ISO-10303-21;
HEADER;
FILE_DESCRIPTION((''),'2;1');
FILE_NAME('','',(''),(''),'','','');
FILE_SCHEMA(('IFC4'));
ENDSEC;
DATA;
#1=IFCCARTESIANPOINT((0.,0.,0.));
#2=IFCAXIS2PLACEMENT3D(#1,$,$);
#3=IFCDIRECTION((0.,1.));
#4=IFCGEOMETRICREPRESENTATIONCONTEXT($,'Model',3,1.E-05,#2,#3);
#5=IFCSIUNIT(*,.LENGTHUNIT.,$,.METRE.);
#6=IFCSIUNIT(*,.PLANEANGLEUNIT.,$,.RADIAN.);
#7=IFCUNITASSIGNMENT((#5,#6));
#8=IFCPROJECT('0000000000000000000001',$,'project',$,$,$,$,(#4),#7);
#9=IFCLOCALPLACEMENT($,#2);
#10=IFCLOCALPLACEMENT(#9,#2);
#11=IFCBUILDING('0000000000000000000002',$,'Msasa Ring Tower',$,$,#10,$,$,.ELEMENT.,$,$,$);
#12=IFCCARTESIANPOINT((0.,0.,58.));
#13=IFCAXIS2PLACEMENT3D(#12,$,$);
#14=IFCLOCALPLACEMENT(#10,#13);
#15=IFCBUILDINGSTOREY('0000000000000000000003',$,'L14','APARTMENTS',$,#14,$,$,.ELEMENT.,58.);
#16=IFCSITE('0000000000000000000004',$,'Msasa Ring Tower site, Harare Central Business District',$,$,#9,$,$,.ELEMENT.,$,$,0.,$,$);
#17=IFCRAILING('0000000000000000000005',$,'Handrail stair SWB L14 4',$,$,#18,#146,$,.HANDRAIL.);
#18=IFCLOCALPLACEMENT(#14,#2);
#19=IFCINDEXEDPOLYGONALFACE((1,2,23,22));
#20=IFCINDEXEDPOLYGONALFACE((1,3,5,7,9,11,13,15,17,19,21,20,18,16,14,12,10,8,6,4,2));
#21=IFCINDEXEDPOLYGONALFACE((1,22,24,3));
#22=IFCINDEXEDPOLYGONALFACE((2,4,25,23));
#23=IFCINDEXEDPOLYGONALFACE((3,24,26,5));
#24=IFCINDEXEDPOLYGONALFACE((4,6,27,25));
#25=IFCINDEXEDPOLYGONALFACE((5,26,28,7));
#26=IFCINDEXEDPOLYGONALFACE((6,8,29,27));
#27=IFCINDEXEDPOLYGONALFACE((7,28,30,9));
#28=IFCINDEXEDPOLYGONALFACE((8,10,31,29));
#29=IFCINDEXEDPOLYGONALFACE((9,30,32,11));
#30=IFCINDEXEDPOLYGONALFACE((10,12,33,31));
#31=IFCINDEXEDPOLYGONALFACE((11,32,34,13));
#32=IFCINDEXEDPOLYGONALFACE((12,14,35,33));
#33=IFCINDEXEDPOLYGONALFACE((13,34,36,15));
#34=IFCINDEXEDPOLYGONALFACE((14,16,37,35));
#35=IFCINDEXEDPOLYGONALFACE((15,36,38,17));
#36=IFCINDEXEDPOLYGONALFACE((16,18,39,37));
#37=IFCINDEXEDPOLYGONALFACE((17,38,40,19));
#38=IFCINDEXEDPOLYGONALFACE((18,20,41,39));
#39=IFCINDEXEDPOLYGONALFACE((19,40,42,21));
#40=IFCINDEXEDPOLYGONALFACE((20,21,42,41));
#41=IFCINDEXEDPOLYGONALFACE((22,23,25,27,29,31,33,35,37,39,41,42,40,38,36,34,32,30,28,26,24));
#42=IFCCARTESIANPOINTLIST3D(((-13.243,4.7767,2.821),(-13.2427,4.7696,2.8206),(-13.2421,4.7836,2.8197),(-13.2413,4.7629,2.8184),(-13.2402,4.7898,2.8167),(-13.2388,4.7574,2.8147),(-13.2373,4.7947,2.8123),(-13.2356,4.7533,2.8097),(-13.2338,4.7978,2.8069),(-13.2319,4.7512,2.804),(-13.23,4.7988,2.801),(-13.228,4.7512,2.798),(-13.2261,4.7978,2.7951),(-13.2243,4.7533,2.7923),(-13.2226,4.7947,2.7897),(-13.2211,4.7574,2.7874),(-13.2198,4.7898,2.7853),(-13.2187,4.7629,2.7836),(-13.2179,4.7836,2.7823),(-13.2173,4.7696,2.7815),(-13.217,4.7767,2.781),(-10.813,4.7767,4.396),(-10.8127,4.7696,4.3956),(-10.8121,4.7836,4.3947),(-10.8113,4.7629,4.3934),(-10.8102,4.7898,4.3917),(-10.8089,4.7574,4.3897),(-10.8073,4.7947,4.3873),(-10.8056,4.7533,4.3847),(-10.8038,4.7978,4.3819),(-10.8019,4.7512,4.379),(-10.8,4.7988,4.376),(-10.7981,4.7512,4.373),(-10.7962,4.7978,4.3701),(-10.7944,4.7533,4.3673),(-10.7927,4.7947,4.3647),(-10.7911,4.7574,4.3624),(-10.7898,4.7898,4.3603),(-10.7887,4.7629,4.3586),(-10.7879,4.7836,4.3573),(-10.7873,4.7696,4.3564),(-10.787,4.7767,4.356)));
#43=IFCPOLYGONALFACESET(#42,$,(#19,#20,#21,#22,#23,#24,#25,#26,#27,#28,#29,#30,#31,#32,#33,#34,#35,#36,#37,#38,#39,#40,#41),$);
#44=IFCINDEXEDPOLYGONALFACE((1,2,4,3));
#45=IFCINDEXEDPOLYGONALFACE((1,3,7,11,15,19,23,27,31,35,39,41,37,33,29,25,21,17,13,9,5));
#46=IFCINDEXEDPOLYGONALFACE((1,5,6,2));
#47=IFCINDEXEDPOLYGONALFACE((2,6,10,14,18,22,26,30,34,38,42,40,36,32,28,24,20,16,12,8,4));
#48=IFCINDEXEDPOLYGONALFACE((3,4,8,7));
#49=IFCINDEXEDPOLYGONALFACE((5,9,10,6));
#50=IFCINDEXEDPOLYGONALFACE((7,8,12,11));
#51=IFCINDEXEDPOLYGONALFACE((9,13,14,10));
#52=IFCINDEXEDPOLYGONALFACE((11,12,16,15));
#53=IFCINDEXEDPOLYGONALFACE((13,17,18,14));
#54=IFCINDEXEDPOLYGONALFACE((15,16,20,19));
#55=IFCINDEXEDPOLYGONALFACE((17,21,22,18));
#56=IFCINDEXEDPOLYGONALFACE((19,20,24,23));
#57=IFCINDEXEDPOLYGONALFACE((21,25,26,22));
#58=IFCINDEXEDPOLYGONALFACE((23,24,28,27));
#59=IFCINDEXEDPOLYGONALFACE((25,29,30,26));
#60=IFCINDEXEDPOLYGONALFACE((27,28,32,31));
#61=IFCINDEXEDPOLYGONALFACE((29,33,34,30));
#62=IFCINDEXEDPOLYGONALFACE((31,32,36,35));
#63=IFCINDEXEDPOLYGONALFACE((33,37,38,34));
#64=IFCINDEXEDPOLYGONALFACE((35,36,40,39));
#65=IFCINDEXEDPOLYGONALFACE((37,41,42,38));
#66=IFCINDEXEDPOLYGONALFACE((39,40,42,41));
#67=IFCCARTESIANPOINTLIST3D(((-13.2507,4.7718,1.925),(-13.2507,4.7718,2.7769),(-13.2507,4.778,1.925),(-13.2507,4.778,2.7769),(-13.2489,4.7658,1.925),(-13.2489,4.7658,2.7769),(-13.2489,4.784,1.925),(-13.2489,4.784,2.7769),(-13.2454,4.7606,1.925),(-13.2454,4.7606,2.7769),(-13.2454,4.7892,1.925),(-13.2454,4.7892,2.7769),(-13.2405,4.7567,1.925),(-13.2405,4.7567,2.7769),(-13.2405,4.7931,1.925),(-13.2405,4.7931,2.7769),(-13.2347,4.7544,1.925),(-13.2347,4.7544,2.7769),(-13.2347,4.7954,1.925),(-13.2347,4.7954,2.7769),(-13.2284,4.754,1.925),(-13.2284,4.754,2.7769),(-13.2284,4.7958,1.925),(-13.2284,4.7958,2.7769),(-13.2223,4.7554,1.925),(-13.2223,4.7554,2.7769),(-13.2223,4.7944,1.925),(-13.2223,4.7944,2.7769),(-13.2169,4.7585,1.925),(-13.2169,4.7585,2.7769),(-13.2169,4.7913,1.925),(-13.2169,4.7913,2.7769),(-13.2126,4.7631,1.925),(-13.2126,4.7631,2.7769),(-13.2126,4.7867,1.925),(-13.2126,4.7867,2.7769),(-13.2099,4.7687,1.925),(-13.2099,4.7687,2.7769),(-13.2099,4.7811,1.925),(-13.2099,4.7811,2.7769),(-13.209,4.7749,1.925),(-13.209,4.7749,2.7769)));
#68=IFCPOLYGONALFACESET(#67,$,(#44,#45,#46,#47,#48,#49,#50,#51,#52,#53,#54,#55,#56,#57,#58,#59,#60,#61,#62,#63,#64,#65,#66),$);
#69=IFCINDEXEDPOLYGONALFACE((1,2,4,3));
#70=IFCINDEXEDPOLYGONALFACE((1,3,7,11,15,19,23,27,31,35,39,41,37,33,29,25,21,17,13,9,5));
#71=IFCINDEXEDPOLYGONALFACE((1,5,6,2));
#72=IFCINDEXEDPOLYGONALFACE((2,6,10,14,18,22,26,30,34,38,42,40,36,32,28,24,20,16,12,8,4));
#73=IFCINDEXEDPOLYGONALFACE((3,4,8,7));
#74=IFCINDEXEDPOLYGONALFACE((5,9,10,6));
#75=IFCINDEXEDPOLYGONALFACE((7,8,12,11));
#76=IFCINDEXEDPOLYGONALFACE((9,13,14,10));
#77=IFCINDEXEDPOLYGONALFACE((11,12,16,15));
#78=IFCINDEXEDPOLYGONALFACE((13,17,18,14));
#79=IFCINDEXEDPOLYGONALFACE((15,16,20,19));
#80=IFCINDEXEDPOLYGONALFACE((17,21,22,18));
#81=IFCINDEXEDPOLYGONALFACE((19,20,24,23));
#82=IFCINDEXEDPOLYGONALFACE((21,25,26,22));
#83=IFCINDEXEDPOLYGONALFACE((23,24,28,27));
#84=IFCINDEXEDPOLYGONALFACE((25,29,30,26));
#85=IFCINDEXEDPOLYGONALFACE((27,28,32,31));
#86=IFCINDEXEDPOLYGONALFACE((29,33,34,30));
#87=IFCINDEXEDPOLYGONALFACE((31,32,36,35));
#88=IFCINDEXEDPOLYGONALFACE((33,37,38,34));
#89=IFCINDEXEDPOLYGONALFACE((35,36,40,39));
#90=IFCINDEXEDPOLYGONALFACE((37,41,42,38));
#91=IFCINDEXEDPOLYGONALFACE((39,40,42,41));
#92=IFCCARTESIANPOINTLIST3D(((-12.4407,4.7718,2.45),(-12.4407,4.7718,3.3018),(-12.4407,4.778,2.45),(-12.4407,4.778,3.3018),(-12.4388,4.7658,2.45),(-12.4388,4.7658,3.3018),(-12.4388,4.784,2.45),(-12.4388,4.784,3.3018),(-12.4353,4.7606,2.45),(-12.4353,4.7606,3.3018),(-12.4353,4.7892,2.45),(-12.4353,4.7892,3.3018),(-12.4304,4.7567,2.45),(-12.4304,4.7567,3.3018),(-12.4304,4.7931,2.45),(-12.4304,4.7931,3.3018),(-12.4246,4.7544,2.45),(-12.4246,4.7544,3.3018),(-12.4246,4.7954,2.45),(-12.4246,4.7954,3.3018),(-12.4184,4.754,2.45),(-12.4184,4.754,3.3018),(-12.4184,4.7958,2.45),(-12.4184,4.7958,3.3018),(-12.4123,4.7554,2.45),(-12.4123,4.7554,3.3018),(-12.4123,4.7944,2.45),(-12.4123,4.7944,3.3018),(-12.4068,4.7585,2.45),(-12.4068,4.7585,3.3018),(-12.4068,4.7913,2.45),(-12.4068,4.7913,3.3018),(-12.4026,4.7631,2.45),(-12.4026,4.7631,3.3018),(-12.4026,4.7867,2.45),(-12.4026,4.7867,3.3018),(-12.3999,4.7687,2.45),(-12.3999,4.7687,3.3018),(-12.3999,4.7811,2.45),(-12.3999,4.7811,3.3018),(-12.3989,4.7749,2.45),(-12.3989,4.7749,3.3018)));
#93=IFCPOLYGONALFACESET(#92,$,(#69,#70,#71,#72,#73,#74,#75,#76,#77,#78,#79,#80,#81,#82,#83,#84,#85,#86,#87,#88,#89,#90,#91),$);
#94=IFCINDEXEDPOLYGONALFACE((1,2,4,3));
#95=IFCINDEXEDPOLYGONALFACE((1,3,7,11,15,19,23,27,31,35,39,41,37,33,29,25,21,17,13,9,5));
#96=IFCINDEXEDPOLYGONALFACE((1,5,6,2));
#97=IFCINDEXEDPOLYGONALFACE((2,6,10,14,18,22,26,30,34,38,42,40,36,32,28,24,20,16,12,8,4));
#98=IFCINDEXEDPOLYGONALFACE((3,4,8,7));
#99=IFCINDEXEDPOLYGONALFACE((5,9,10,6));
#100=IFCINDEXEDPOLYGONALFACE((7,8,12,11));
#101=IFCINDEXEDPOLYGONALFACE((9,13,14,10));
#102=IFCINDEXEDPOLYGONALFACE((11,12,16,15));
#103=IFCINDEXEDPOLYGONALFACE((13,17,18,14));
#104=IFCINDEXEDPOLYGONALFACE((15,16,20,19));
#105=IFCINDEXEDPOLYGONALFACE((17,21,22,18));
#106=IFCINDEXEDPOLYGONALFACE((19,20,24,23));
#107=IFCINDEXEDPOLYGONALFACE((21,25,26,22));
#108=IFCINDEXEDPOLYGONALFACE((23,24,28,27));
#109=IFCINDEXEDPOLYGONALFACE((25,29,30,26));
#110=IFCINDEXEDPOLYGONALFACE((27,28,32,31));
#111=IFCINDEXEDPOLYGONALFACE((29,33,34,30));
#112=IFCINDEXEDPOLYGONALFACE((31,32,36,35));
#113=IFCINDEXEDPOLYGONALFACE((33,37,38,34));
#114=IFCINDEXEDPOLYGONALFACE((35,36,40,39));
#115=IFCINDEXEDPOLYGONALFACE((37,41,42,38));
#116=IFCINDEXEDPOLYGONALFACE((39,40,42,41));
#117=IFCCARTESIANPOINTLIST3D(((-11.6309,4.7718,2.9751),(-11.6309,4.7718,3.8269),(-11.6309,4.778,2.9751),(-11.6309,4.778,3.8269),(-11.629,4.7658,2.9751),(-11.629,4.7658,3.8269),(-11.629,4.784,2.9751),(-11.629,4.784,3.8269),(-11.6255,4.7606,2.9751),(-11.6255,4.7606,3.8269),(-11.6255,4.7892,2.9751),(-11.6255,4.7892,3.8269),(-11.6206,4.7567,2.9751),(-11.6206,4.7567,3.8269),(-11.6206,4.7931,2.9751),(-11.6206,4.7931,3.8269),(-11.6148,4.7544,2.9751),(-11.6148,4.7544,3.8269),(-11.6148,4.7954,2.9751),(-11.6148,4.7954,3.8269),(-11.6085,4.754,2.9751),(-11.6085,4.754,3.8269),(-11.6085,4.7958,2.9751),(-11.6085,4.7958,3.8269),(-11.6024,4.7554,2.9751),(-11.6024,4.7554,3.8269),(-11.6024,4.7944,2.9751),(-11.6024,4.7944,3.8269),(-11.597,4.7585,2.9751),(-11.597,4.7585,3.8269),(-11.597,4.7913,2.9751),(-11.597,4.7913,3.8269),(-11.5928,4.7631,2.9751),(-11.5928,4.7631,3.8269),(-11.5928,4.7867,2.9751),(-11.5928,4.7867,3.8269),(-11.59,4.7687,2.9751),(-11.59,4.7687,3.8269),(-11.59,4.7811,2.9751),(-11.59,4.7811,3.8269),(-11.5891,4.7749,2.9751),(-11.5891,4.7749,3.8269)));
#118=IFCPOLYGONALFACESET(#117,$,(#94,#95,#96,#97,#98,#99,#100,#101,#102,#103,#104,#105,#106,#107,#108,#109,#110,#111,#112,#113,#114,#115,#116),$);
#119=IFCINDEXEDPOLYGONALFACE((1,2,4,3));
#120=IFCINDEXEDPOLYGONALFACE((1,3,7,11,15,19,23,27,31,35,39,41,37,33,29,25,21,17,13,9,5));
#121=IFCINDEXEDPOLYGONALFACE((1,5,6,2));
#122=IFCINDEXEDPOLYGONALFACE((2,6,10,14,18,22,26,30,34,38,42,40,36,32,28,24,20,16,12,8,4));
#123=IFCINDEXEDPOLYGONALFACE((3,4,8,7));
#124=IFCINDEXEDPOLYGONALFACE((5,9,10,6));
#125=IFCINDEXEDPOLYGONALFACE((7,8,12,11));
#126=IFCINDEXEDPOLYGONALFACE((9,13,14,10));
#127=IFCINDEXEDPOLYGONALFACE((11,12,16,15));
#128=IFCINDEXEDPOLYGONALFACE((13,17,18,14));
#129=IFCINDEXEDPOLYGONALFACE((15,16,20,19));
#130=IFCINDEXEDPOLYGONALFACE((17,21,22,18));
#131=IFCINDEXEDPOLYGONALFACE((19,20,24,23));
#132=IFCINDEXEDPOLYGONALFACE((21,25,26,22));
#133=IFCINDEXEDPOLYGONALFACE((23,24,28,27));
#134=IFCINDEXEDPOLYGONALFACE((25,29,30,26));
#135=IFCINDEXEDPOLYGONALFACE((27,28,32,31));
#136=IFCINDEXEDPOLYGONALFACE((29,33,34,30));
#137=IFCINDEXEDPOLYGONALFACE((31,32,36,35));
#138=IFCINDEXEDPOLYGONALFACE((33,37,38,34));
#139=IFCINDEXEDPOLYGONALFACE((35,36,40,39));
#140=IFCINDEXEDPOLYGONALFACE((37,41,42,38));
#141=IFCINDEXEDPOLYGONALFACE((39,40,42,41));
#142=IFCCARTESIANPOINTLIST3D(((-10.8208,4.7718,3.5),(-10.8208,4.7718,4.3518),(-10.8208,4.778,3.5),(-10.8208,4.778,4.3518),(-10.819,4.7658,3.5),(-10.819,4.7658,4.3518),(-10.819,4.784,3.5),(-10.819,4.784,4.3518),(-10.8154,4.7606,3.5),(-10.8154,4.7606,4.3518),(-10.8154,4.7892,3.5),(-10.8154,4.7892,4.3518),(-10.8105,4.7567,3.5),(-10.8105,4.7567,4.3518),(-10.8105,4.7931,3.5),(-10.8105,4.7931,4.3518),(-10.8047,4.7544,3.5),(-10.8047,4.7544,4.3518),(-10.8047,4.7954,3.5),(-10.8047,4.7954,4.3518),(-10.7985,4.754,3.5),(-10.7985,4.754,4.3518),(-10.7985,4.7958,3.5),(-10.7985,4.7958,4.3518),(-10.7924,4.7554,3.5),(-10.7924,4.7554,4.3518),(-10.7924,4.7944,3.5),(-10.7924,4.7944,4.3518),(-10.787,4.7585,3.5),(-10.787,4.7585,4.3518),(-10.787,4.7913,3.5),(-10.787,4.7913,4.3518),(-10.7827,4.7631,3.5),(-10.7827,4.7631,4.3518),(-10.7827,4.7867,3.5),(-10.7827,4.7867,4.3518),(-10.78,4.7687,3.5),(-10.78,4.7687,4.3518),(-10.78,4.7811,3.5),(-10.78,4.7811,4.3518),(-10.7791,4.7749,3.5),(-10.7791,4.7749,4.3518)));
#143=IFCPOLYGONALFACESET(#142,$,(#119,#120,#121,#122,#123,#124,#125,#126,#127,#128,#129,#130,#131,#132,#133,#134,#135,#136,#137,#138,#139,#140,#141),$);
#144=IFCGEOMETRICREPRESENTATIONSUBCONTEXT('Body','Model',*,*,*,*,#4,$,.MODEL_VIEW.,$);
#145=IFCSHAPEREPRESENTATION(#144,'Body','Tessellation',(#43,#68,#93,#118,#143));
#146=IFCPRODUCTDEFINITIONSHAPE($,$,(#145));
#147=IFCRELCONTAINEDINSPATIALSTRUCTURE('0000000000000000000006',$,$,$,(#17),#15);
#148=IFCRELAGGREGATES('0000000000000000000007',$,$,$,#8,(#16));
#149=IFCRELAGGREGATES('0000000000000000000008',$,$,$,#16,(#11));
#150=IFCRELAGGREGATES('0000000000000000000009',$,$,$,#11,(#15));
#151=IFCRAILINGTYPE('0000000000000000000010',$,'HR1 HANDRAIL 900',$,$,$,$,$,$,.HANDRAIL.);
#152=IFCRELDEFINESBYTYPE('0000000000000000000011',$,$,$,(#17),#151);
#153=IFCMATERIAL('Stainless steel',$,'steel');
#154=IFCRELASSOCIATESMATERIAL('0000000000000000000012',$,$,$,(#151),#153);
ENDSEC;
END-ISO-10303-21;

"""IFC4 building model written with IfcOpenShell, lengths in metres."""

from ifc_helpers import new_model, si_unit, direction, frame, origin, origin_2d, place, context, subcontext, project, spatial, circle, extrude, material, type_object, element, save


model = new_model("IFC4")

# Units and contexts
model_context = context("Model", 3, precision=1e-05, world=origin(), true_north=direction((0.0, 1.0)))
body_context = subcontext(model_context, "Body", "Model", "MODEL_VIEW")
ifc_project = project(units=[si_unit("LENGTHUNIT", "METRE"), si_unit("PLANEANGLEUNIT", "RADIAN")], contexts=[model_context])

# Site, building, storey
site_placement = place(None, origin())
site = spatial("IfcSite", under=ifc_project, at=site_placement, Name="Msasa Ring Tower site, Harare Central Business District", CompositionType="ELEMENT", RefElevation=0.0)
building_placement = place(site_placement, origin())
building = spatial("IfcBuilding", under=site, at=building_placement, Name="Msasa Ring Tower", CompositionType="ELEMENT")
storey_placement = place(building_placement, frame((0.0, 0.0, 58.0)))
storey = spatial("IfcBuildingStorey", under=building, at=storey_placement, Name="L14", Description="APARTMENTS", CompositionType="ELEMENT", Elevation=58.0)

# Railing
ifc_material_1 = material(Name="Stainless steel", Category="steel")
railing_type = type_object("IfcRailingType", Name="HR1 HANDRAIL 900", PredefinedType="HANDRAIL", material=ifc_material_1)
for number, where, name in (
    (1, (-13.23, 4.7749, 1.925), "Handrail stair SWB L14 4"),
):
    element("IfcRailing", number, at=place(storey_placement, frame(where)), inside=storey, type_object=railing_type, Name=name, PredefinedType="HANDRAIL", context=body_context, shape_type="SweptSolid", body=[
        extrude(circle(Radius=0.0239, at=origin_2d()), frame((0.0, 0.0, 0.876), z_axis=(0.839154, 0.0, 0.543894), x_axis=(0.0, 1.0, 0.0)), (0.0, 0.0, 1.0), 2.8958),
        extrude(circle(Radius=0.021, at=origin_2d()), origin(), (0.0, 0.0, 1.0), 0.8518),
        extrude(circle(Radius=0.021, at=origin_2d()), frame((0.8101, 0.0, 0.5249)), (0.0, 0.0, 1.0), 0.8518),
        extrude(circle(Radius=0.021, at=origin_2d()), frame((1.6199, 0.0, 1.05)), (0.0, 0.0, 1.0), 0.8518),
        extrude(circle(Radius=0.021, at=origin_2d()), frame((2.4299, 0.0, 1.575)), (0.0, 0.0, 1.0), 0.8518),
    ])

save(model, "model.ifc")
